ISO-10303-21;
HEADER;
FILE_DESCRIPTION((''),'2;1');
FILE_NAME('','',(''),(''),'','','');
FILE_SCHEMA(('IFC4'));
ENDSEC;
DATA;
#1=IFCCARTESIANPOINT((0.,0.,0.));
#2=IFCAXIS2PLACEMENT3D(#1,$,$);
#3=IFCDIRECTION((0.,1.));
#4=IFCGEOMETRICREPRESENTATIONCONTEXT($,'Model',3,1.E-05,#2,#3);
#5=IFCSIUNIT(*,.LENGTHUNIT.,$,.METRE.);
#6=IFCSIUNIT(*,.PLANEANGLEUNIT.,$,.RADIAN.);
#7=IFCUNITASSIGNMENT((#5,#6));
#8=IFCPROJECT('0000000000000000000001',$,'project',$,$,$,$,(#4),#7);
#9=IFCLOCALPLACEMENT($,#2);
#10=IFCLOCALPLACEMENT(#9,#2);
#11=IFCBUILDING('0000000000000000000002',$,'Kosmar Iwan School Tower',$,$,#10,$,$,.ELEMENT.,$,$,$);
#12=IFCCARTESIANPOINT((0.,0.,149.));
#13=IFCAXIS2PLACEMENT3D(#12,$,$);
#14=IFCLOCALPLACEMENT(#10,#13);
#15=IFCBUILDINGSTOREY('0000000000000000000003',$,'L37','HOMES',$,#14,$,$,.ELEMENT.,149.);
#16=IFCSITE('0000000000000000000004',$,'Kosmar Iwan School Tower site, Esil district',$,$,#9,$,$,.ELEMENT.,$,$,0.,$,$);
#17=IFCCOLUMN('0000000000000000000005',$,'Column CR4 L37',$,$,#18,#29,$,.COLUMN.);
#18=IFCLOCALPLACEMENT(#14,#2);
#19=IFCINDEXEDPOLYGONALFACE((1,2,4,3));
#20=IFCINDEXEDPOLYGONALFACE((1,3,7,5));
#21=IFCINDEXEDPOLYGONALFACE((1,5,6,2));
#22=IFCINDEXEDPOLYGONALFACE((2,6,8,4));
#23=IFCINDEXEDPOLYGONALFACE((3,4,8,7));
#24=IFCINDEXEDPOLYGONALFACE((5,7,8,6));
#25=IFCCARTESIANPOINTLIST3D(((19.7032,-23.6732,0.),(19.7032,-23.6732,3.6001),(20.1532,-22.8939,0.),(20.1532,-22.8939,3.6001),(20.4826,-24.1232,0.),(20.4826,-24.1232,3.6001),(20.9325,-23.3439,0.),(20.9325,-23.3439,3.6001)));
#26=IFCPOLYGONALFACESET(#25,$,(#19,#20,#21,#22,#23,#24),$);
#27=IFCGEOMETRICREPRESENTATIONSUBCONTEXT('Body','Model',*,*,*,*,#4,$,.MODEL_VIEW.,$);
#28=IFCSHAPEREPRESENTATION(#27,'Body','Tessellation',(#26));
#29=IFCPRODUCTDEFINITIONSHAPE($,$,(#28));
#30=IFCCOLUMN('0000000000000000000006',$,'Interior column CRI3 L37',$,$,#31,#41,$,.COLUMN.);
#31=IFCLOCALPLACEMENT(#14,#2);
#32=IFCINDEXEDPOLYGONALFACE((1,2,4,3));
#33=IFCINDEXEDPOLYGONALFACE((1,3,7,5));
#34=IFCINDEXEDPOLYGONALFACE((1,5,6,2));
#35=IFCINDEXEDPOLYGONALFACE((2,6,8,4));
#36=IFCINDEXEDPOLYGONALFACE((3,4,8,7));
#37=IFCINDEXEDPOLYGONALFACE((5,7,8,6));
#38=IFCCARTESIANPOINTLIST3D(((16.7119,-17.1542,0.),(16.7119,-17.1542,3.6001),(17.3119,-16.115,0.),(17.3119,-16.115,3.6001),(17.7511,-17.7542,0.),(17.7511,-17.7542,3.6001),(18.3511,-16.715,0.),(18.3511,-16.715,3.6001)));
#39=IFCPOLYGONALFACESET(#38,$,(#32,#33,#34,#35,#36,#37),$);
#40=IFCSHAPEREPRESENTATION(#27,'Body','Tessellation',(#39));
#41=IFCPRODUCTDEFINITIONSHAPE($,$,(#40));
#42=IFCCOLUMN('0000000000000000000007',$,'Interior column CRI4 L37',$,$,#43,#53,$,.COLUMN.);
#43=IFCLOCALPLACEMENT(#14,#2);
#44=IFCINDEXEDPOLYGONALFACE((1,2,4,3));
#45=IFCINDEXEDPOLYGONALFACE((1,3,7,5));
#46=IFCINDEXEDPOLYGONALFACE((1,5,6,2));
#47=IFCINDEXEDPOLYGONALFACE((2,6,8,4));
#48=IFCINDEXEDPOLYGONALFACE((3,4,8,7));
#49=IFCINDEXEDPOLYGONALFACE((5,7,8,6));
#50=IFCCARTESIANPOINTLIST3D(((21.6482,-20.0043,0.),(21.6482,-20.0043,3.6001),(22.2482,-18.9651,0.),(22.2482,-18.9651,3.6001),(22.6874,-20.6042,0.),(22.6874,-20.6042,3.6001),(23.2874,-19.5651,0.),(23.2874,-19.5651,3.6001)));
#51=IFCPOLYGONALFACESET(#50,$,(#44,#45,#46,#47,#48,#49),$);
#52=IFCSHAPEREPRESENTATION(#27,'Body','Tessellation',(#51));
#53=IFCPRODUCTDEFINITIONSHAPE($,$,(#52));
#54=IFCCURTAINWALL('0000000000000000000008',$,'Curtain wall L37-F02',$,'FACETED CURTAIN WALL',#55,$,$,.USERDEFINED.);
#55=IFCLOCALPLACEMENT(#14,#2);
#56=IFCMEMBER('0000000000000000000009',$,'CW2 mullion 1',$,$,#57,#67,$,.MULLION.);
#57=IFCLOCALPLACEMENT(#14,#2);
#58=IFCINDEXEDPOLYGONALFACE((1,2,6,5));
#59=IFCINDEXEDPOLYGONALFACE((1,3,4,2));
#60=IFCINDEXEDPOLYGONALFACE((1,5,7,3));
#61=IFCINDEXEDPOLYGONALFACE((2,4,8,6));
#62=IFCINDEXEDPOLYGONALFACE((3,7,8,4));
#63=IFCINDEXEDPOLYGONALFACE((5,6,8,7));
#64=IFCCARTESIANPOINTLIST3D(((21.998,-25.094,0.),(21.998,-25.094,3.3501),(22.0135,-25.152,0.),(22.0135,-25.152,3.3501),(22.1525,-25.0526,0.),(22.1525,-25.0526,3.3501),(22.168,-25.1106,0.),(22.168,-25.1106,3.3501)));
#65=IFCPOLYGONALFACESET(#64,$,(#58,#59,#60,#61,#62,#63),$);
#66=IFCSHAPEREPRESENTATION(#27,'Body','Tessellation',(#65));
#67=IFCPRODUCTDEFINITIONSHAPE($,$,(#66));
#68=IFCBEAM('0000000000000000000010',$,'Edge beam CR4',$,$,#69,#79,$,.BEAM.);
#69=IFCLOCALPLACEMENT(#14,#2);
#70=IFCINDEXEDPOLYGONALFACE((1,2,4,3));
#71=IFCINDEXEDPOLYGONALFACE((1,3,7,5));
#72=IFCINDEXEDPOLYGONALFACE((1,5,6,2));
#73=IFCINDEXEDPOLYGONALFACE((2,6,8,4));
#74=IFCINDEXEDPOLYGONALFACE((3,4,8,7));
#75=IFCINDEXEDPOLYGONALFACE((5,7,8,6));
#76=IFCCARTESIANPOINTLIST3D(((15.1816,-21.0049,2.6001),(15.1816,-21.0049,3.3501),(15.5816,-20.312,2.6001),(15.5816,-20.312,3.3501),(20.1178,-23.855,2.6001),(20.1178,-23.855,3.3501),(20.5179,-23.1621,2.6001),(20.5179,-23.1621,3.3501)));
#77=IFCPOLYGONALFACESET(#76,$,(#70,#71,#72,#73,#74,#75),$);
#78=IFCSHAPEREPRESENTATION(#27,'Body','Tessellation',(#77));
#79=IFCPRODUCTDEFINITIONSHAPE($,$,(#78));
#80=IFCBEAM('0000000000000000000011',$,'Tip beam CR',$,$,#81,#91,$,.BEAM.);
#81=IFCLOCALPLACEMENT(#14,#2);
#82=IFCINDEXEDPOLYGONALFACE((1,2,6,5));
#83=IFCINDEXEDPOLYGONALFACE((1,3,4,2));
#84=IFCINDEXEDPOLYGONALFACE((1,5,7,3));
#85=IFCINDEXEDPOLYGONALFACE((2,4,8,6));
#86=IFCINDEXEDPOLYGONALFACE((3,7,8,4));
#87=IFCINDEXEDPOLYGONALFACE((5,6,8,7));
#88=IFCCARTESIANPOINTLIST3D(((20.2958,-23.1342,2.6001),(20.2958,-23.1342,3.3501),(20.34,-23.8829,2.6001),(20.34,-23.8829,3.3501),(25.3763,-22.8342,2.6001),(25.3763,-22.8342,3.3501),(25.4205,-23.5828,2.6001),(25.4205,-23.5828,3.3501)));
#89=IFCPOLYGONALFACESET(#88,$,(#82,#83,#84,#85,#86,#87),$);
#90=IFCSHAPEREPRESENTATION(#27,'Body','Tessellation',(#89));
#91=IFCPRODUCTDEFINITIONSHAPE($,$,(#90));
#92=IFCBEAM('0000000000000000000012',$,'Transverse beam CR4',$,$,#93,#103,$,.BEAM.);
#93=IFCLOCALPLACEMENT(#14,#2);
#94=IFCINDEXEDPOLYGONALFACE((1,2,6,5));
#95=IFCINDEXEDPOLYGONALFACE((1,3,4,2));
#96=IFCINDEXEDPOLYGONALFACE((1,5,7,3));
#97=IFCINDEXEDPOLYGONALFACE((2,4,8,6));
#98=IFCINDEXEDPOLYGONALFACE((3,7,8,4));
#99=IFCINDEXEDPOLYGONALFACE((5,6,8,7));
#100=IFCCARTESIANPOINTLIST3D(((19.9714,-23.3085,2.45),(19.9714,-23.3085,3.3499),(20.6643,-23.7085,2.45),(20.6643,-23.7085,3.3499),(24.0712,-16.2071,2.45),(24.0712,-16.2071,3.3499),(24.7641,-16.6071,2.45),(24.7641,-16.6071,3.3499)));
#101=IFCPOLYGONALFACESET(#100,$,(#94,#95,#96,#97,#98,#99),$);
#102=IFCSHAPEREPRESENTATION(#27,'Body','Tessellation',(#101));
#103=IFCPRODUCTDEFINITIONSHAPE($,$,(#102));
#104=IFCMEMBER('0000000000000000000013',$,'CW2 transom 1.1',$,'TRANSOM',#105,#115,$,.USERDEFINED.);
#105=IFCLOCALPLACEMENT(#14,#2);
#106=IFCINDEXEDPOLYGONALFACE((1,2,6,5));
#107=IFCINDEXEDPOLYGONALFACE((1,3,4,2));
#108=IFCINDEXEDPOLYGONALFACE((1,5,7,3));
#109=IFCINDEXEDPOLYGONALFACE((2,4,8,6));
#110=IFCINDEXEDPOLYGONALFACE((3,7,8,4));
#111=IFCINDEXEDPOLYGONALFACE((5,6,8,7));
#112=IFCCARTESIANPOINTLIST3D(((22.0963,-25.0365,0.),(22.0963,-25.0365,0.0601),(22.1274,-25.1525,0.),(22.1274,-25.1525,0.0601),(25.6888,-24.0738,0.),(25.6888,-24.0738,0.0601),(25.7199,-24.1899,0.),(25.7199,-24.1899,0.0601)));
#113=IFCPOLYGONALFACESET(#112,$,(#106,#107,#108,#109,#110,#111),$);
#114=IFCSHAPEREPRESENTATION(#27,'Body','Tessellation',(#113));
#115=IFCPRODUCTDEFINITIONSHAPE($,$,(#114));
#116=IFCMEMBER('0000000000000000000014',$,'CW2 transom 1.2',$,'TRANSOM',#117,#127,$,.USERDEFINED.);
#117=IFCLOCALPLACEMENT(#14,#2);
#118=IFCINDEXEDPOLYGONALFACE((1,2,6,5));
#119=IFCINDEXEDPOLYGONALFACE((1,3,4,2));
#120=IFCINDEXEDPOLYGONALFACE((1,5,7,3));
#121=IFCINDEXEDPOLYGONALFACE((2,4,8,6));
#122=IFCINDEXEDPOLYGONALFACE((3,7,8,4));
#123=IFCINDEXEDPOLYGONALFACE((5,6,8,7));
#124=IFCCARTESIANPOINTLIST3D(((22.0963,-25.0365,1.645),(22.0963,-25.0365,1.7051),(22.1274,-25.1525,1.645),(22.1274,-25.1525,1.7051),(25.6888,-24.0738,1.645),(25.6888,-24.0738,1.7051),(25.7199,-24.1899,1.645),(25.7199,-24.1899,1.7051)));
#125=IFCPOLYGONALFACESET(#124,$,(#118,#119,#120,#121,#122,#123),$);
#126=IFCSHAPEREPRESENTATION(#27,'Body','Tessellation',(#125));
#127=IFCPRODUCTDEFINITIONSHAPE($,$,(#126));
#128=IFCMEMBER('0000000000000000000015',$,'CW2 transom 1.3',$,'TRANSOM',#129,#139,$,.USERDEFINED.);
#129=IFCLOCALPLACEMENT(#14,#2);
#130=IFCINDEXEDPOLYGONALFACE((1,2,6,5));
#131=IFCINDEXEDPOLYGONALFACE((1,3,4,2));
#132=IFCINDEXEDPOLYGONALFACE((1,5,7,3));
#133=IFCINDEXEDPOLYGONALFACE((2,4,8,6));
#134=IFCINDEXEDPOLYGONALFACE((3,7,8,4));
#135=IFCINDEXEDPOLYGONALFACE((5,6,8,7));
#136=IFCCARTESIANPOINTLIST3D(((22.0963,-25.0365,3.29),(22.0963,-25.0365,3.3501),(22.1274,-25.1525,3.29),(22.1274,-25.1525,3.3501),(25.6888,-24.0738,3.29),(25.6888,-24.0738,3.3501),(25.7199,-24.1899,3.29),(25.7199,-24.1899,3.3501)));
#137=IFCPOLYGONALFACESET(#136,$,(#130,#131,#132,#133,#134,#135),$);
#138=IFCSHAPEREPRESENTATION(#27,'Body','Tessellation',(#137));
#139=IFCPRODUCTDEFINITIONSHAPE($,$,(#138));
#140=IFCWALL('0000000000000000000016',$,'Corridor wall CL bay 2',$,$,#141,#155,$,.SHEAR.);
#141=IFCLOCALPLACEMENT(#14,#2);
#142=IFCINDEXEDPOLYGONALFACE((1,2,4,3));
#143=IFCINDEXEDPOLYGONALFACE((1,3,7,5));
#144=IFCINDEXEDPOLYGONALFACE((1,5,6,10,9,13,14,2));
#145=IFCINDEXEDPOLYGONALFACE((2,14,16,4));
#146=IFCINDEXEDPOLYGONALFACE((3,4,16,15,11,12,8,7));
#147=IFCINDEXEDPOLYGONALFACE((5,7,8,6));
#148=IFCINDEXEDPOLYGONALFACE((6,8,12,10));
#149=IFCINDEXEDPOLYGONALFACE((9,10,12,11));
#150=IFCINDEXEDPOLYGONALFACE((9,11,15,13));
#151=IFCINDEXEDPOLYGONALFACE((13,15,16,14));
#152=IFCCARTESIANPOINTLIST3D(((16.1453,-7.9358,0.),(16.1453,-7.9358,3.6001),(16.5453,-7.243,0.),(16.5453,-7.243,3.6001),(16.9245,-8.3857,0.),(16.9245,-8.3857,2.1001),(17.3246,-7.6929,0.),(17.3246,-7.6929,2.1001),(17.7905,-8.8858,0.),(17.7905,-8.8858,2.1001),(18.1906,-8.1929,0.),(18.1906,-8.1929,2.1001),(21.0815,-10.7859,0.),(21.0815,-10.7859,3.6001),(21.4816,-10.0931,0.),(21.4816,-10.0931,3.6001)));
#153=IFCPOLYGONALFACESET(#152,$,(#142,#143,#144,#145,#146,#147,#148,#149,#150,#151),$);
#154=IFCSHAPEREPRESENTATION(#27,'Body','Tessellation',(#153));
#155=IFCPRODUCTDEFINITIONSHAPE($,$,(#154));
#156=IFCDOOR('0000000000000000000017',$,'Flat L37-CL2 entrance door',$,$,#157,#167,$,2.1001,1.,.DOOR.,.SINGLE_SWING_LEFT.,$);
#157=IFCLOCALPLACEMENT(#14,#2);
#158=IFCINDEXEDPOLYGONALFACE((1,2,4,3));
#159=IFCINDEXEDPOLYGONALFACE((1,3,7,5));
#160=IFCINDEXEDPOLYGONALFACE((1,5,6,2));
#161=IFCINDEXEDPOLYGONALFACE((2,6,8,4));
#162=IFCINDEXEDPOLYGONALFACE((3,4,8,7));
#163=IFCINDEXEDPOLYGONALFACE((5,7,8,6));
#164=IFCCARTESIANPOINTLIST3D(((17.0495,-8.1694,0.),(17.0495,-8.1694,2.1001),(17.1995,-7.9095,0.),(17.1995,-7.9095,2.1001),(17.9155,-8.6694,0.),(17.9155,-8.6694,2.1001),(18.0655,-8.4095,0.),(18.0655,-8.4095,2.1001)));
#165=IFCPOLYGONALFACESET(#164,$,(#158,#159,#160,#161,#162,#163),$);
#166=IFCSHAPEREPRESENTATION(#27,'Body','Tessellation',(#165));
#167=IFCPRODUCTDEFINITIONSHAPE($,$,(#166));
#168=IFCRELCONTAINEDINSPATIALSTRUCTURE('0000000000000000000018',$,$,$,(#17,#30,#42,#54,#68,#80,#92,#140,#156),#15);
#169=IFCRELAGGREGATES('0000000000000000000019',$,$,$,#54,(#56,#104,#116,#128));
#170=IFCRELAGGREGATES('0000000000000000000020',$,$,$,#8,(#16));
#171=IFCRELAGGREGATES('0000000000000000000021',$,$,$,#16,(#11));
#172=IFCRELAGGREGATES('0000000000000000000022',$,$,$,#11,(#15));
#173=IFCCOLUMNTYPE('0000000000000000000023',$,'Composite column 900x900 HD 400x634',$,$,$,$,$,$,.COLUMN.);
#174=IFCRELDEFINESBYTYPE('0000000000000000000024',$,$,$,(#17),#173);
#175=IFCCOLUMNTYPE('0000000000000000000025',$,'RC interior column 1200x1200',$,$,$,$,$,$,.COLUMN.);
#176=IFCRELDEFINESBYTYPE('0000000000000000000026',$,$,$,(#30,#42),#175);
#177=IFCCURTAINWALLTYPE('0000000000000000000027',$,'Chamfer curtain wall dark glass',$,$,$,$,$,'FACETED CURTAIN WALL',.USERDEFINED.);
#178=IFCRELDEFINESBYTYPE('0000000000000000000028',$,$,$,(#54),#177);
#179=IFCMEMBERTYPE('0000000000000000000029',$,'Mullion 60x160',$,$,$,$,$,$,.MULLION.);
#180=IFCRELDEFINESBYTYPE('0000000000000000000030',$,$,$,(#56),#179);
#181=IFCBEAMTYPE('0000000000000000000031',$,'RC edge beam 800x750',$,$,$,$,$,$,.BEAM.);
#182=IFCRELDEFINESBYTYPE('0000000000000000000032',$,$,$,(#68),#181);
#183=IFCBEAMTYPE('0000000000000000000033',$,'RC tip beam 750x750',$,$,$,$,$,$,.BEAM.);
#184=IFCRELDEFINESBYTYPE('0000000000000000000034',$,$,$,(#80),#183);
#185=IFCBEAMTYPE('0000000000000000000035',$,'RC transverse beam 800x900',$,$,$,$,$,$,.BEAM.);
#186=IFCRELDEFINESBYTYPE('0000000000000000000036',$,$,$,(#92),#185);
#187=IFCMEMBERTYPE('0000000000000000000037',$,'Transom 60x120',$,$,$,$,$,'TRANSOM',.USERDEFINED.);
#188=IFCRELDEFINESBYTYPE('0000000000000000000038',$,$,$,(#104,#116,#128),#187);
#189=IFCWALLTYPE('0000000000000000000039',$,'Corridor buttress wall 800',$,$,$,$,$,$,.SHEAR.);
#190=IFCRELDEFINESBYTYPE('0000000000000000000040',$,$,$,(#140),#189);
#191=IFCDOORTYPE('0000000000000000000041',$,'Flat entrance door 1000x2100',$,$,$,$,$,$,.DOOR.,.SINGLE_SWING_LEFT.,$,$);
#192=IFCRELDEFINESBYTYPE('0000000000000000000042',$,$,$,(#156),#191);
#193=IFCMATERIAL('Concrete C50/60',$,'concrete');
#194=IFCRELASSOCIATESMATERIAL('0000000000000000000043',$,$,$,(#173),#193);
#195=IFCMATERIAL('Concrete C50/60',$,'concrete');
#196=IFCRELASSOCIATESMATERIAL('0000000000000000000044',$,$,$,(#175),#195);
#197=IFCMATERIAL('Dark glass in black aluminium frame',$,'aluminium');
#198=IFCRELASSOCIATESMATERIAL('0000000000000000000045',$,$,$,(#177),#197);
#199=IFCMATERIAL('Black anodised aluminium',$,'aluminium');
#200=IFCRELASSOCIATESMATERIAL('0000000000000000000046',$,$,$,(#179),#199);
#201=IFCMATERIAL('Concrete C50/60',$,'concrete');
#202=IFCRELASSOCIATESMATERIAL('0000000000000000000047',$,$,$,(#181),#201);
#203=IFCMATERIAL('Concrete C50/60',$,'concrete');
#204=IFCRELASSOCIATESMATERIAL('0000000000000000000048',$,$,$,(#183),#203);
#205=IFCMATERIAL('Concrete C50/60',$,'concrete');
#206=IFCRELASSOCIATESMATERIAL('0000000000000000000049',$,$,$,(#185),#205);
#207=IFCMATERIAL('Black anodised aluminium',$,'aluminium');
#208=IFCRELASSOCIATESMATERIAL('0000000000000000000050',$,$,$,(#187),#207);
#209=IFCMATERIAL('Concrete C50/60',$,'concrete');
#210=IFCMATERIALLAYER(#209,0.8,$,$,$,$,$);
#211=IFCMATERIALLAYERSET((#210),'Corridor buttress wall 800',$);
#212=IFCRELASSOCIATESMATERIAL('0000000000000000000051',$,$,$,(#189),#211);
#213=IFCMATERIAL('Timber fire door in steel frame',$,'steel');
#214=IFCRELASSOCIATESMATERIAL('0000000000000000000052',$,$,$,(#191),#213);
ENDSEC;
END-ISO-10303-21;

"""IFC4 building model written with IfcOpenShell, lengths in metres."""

from ifc_helpers import new_model, si_unit, direction, frame, frame_2d, origin, origin_2d, place, context, subcontext, project, spatial, rectangle, extrude, material, layer, layer_set, material_profile, profile_set, type_object, element, fill, aggregate, save


model = new_model("IFC4")

# Units and contexts
model_context = context("Model", 3, precision=1e-05, world=origin(), true_north=direction((0.0, 1.0)))
body_context = subcontext(model_context, "Body", "Model", "MODEL_VIEW")
ifc_project = project(units=[si_unit("LENGTHUNIT", "METRE"), si_unit("PLANEANGLEUNIT", "RADIAN")], contexts=[model_context])

# Site, building, storey
site_placement = place(None, origin())
site = spatial("IfcSite", under=ifc_project, at=site_placement, Name="Kosmar Iwan School Tower site, Esil district", CompositionType="ELEMENT", RefElevation=0.0)
building_placement = place(site_placement, origin())
building = spatial("IfcBuilding", under=site, at=building_placement, Name="Kosmar Iwan School Tower", CompositionType="ELEMENT")
storey_placement = place(building_placement, frame((0.0, 0.0, 149.0)))
storey = spatial("IfcBuildingStorey", under=building, at=storey_placement, Name="L37", Description="HOMES", CompositionType="ELEMENT", Elevation=149.0)

# Columns
ifc_material_1 = material(Name="Concrete C50/60", Category="concrete")
ifc_material_profile_1 = material_profile(ifc_material_1, rectangle(XDim=0.8999, YDim=0.8999, at=origin_2d()), Name="RC 900x900 + HD 400x634")
ifc_profile_set_1 = profile_set([ifc_material_profile_1], Name="Concrete C50/60")
column_type_1 = type_object("IfcColumnType", Name="Composite column 900x900 HD 400x634", PredefinedType="COLUMN", material=ifc_profile_set_1)
column_placement = place(storey_placement, frame((20.3179, -23.5085, 0.0), z_axis=(0.0, 0.0, 1.0), x_axis=(0.866025, -0.5, 0.0)))
element("IfcColumn", 1, at=column_placement, inside=storey, type_object=column_type_1, Name="Column CR4 L37", PredefinedType="COLUMN", context=body_context, shape_type="SweptSolid", body=[
    extrude(rectangle(XDim=0.8999, YDim=0.8999, at=origin_2d()), origin(), (0.0, 0.0, 1.0), 3.6001),
])
ifc_material_2 = material(Name="Concrete C50/60", Category="concrete")
ifc_material_profile_2 = material_profile(ifc_material_2, rectangle(XDim=1.2, YDim=1.2, at=origin_2d()), Name="RC 1200x1200")
ifc_profile_set_2 = profile_set([ifc_material_profile_2], Name="Concrete C50/60")
column_type_2 = type_object("IfcColumnType", Name="RC interior column 1200x1200", PredefinedType="COLUMN", material=ifc_profile_set_2)
for number, where, z_axis, x_axis, name in (
    (2, (17.5315, -16.9346, 0.0), (0.0, 0.0, 1.0), (0.866025, -0.5, 0.0), "Interior column CRI3 L37"),
    (3, (22.4678, -19.7847, 0.0), (0.0, 0.0, 1.0), (0.866025, -0.5, 0.0), "Interior column CRI4 L37"),
):
    element("IfcColumn", number, at=place(storey_placement, frame(where, z_axis=z_axis, x_axis=x_axis)), inside=storey, type_object=column_type_2, Name=name, PredefinedType="COLUMN", context=body_context, shape_type="SweptSolid", body=[
        extrude(rectangle(XDim=1.2, YDim=1.2, at=origin_2d()), origin(), (0.0, 0.0, 1.0), 3.6001),
    ])

# Curtain wall, member
ifc_material_3 = material(Name="Dark glass in black aluminium frame", Category="aluminium")
curtain_wall_type = type_object("IfcCurtainWallType", Name="Chamfer curtain wall dark glass", ElementType="FACETED CURTAIN WALL", PredefinedType="USERDEFINED", material=ifc_material_3)
curtain_wall_placement = place(storey_placement, origin())
curtain_wall = element("IfcCurtainWall", 4, at=curtain_wall_placement, inside=storey, type_object=curtain_wall_type, Name="Curtain wall L37-F02", ObjectType="FACETED CURTAIN WALL", PredefinedType="USERDEFINED")
ifc_material_4 = material(Name="Black anodised aluminium", Category="aluminium")
ifc_material_profile_3 = material_profile(ifc_material_4, rectangle(XDim=0.0601, YDim=0.1599, at=origin_2d()), Name="MULLION 60x160")
ifc_profile_set_3 = profile_set([ifc_material_profile_3], Name="Black anodised aluminium")
member_type_1 = type_object("IfcMemberType", Name="Mullion 60x160", PredefinedType="MULLION", material=ifc_profile_set_3)
member_1_placement = place(storey_placement, frame((22.083, -25.1023, 0.0), z_axis=(0.0, 0.0, 1.0), x_axis=(-0.258819, 0.965926, 0.0)))
member_1 = element("IfcMember", 5, at=member_1_placement, type_object=member_type_1, Name="CW2 mullion 1", PredefinedType="MULLION", context=body_context, shape_type="SweptSolid", body=[
    extrude(rectangle(XDim=0.0601, YDim=0.1599, at=origin_2d()), origin(), (0.0, 0.0, 1.0), 3.3501),
])

# Beams
ifc_material_5 = material(Name="Concrete C50/60", Category="concrete")
ifc_material_profile_4 = material_profile(ifc_material_5, rectangle(XDim=0.8, YDim=0.75, at=origin_2d()), Name="RC 800x750")
ifc_profile_set_4 = profile_set([ifc_material_profile_4], Name="Concrete C50/60")
beam_type_1 = type_object("IfcBeamType", Name="RC edge beam 800x750", PredefinedType="BEAM", material=ifc_profile_set_4)
beam_1_placement = place(storey_placement, frame((15.3816, -20.6584, 2.9751), z_axis=(0.866015, -0.500018, 0.0), x_axis=(0.500018, 0.866015, 0.0)))
element("IfcBeam", 6, at=beam_1_placement, inside=storey, type_object=beam_type_1, Name="Edge beam CR4", PredefinedType="BEAM", context=body_context, shape_type="SweptSolid", body=[
    extrude(rectangle(XDim=0.8, YDim=0.75, at=origin_2d()), origin(), (0.0, 0.0, 1.0), 5.7),
])
ifc_material_6 = material(Name="Concrete C50/60", Category="concrete")
ifc_material_profile_5 = material_profile(ifc_material_6, rectangle(XDim=0.75, YDim=0.75, at=origin_2d()), Name="RC 750x750")
ifc_profile_set_5 = profile_set([ifc_material_profile_5], Name="Concrete C50/60")
beam_type_2 = type_object("IfcBeamType", Name="RC tip beam 750x750", PredefinedType="BEAM", material=ifc_profile_set_5)
beam_2_placement = place(storey_placement, frame((20.3179, -23.5085, 2.9751), z_axis=(0.998261, 0.058955, 0.0), x_axis=(-0.058955, 0.998261, 0.0)))
element("IfcBeam", 7, at=beam_2_placement, inside=storey, type_object=beam_type_2, Name="Tip beam CR", PredefinedType="BEAM", context=body_context, shape_type="SweptSolid", body=[
    extrude(rectangle(XDim=0.75, YDim=0.75, at=origin_2d()), origin(), (0.0, 0.0, 1.0), 5.0894),
])
ifc_material_7 = material(Name="Concrete C50/60", Category="concrete")
ifc_material_profile_6 = material_profile(ifc_material_7, rectangle(XDim=0.8, YDim=0.8999, at=origin_2d()), Name="RC 800x900")
ifc_profile_set_6 = profile_set([ifc_material_profile_6], Name="Concrete C50/60")
beam_type_3 = type_object("IfcBeamType", Name="RC transverse beam 800x900", PredefinedType="BEAM", material=ifc_profile_set_6)
beam_3_placement = place(storey_placement, frame((20.3179, -23.5085, 2.8999), z_axis=(0.499978, 0.866038, 0.0), x_axis=(-0.866038, 0.499978, 0.0)))
element("IfcBeam", 8, at=beam_3_placement, inside=storey, type_object=beam_type_3, Name="Transverse beam CR4", PredefinedType="BEAM", context=body_context, shape_type="SweptSolid", body=[
    extrude(rectangle(XDim=0.8, YDim=0.8999, at=origin_2d()), origin(), (0.0, 0.0, 1.0), 8.2),
])

# Members
ifc_material_8 = material(Name="Black anodised aluminium", Category="aluminium")
ifc_material_profile_7 = material_profile(ifc_material_8, rectangle(XDim=0.1201, YDim=0.0601, at=origin_2d()), Name="TRANSOM 60x120")
ifc_profile_set_7 = profile_set([ifc_material_profile_7], Name="Black anodised aluminium")
member_type_2 = type_object("IfcMemberType", Name="Transom 60x120", ElementType="TRANSOM", PredefinedType="USERDEFINED", material=ifc_profile_set_7)
member_2_placement = place(storey_placement, frame((22.1118, -25.0945, 0.03), z_axis=(0.965924, 0.258827, 0.0), x_axis=(-0.258827, 0.965924, 0.0)))
member_2 = element("IfcMember", 9, at=member_2_placement, type_object=member_type_2, Name="CW2 transom 1.1", ObjectType="TRANSOM", PredefinedType="USERDEFINED", context=body_context, shape_type="SweptSolid", body=[
    extrude(rectangle(XDim=0.1201, YDim=0.0601, at=origin_2d()), origin(), (0.0, 0.0, 1.0), 3.7192),
])
member_3_placement = place(storey_placement, frame((22.1118, -25.0945, 1.675), z_axis=(0.965924, 0.258827, 0.0), x_axis=(-0.258827, 0.965924, 0.0)))
member_3 = element("IfcMember", 10, at=member_3_placement, type_object=member_type_2, Name="CW2 transom 1.2", ObjectType="TRANSOM", PredefinedType="USERDEFINED", context=body_context, shape_type="SweptSolid", body=[
    extrude(rectangle(XDim=0.1201, YDim=0.0601, at=origin_2d()), origin(), (0.0, 0.0, 1.0), 3.7192),
])
member_4_placement = place(storey_placement, frame((22.1118, -25.0945, 3.3201), z_axis=(0.965924, 0.258827, 0.0), x_axis=(-0.258827, 0.965924, 0.0)))
member_4 = element("IfcMember", 11, at=member_4_placement, type_object=member_type_2, Name="CW2 transom 1.3", ObjectType="TRANSOM", PredefinedType="USERDEFINED", context=body_context, shape_type="SweptSolid", body=[
    extrude(rectangle(XDim=0.1201, YDim=0.0601, at=origin_2d()), origin(), (0.0, 0.0, 1.0), 3.7192),
])
aggregate(curtain_wall, [member_1, member_2, member_3, member_4])

# Wall, opening, door
ifc_material_9 = material(Name="Concrete C50/60", Category="concrete")
ifc_layer_1 = layer(ifc_material_9, 0.8)
ifc_layer_set_1 = layer_set([ifc_layer_1], Name="Corridor buttress wall 800")
wall_type_1 = type_object("IfcWallType", Name="Corridor buttress wall 800", PredefinedType="SHEAR", material=ifc_layer_set_1)
wall_1_placement = place(storey_placement, frame((16.3452, -7.5894, 0.0), z_axis=(0.0, 0.0, 1.0), x_axis=(0.866015, -0.500018, 0.0)))
wall_1 = element("IfcWall", 12, at=wall_1_placement, inside=storey, type_object=wall_type_1, Name="Corridor wall CL bay 2", PredefinedType="SHEAR", context=body_context, shape_type="SweptSolid", body=[
    extrude(rectangle(XDim=5.7, YDim=0.8, at=frame_2d((2.8501, 0.0))), origin(), (0.0, 0.0, 1.0), 3.6001),
])
opening_1_placement = place(wall_1_placement, frame((0.8999, 0.0, 0.0)))
opening_1 = element("IfcOpeningElement", 13, at=opening_1_placement, cuts=wall_1, PredefinedType="OPENING", context=body_context, shape_type="SweptSolid", body=[
    extrude(rectangle(XDim=1.0, YDim=2.1001, at=frame_2d((0.5, 1.05))), frame((0.0, 0.4121, 0.0), z_axis=(0.0, -1.0, 0.0), x_axis=(1.0, 0.0, 0.0)), (0.0, 0.0, 1.0), 0.824),
])
ifc_material_10 = material(Name="Timber fire door in steel frame", Category="steel")
door_type_1 = type_object("IfcDoorType", Name="Flat entrance door 1000x2100", OperationType="SINGLE_SWING_LEFT", PredefinedType="DOOR", material=ifc_material_10)
door_1_placement = place(opening_1_placement, origin())
door_1 = element("IfcDoor", 14, at=door_1_placement, inside=storey, type_object=door_type_1, Name="Flat L37-CL2 entrance door", OperationType="SINGLE_SWING_LEFT", OverallHeight=2.1001, OverallWidth=1.0, PredefinedType="DOOR", context=body_context, shape_type="SweptSolid", body=[
    extrude(rectangle(XDim=1.0, YDim=2.1001, at=frame_2d((0.5, 1.05))), frame((0.0, 0.1499, 0.0), z_axis=(0.0, -1.0, 0.0), x_axis=(1.0, 0.0, 0.0)), (0.0, 0.0, 1.0), 0.3),
])
fill(opening_1, door_1)

save(model, "model.ifc")
